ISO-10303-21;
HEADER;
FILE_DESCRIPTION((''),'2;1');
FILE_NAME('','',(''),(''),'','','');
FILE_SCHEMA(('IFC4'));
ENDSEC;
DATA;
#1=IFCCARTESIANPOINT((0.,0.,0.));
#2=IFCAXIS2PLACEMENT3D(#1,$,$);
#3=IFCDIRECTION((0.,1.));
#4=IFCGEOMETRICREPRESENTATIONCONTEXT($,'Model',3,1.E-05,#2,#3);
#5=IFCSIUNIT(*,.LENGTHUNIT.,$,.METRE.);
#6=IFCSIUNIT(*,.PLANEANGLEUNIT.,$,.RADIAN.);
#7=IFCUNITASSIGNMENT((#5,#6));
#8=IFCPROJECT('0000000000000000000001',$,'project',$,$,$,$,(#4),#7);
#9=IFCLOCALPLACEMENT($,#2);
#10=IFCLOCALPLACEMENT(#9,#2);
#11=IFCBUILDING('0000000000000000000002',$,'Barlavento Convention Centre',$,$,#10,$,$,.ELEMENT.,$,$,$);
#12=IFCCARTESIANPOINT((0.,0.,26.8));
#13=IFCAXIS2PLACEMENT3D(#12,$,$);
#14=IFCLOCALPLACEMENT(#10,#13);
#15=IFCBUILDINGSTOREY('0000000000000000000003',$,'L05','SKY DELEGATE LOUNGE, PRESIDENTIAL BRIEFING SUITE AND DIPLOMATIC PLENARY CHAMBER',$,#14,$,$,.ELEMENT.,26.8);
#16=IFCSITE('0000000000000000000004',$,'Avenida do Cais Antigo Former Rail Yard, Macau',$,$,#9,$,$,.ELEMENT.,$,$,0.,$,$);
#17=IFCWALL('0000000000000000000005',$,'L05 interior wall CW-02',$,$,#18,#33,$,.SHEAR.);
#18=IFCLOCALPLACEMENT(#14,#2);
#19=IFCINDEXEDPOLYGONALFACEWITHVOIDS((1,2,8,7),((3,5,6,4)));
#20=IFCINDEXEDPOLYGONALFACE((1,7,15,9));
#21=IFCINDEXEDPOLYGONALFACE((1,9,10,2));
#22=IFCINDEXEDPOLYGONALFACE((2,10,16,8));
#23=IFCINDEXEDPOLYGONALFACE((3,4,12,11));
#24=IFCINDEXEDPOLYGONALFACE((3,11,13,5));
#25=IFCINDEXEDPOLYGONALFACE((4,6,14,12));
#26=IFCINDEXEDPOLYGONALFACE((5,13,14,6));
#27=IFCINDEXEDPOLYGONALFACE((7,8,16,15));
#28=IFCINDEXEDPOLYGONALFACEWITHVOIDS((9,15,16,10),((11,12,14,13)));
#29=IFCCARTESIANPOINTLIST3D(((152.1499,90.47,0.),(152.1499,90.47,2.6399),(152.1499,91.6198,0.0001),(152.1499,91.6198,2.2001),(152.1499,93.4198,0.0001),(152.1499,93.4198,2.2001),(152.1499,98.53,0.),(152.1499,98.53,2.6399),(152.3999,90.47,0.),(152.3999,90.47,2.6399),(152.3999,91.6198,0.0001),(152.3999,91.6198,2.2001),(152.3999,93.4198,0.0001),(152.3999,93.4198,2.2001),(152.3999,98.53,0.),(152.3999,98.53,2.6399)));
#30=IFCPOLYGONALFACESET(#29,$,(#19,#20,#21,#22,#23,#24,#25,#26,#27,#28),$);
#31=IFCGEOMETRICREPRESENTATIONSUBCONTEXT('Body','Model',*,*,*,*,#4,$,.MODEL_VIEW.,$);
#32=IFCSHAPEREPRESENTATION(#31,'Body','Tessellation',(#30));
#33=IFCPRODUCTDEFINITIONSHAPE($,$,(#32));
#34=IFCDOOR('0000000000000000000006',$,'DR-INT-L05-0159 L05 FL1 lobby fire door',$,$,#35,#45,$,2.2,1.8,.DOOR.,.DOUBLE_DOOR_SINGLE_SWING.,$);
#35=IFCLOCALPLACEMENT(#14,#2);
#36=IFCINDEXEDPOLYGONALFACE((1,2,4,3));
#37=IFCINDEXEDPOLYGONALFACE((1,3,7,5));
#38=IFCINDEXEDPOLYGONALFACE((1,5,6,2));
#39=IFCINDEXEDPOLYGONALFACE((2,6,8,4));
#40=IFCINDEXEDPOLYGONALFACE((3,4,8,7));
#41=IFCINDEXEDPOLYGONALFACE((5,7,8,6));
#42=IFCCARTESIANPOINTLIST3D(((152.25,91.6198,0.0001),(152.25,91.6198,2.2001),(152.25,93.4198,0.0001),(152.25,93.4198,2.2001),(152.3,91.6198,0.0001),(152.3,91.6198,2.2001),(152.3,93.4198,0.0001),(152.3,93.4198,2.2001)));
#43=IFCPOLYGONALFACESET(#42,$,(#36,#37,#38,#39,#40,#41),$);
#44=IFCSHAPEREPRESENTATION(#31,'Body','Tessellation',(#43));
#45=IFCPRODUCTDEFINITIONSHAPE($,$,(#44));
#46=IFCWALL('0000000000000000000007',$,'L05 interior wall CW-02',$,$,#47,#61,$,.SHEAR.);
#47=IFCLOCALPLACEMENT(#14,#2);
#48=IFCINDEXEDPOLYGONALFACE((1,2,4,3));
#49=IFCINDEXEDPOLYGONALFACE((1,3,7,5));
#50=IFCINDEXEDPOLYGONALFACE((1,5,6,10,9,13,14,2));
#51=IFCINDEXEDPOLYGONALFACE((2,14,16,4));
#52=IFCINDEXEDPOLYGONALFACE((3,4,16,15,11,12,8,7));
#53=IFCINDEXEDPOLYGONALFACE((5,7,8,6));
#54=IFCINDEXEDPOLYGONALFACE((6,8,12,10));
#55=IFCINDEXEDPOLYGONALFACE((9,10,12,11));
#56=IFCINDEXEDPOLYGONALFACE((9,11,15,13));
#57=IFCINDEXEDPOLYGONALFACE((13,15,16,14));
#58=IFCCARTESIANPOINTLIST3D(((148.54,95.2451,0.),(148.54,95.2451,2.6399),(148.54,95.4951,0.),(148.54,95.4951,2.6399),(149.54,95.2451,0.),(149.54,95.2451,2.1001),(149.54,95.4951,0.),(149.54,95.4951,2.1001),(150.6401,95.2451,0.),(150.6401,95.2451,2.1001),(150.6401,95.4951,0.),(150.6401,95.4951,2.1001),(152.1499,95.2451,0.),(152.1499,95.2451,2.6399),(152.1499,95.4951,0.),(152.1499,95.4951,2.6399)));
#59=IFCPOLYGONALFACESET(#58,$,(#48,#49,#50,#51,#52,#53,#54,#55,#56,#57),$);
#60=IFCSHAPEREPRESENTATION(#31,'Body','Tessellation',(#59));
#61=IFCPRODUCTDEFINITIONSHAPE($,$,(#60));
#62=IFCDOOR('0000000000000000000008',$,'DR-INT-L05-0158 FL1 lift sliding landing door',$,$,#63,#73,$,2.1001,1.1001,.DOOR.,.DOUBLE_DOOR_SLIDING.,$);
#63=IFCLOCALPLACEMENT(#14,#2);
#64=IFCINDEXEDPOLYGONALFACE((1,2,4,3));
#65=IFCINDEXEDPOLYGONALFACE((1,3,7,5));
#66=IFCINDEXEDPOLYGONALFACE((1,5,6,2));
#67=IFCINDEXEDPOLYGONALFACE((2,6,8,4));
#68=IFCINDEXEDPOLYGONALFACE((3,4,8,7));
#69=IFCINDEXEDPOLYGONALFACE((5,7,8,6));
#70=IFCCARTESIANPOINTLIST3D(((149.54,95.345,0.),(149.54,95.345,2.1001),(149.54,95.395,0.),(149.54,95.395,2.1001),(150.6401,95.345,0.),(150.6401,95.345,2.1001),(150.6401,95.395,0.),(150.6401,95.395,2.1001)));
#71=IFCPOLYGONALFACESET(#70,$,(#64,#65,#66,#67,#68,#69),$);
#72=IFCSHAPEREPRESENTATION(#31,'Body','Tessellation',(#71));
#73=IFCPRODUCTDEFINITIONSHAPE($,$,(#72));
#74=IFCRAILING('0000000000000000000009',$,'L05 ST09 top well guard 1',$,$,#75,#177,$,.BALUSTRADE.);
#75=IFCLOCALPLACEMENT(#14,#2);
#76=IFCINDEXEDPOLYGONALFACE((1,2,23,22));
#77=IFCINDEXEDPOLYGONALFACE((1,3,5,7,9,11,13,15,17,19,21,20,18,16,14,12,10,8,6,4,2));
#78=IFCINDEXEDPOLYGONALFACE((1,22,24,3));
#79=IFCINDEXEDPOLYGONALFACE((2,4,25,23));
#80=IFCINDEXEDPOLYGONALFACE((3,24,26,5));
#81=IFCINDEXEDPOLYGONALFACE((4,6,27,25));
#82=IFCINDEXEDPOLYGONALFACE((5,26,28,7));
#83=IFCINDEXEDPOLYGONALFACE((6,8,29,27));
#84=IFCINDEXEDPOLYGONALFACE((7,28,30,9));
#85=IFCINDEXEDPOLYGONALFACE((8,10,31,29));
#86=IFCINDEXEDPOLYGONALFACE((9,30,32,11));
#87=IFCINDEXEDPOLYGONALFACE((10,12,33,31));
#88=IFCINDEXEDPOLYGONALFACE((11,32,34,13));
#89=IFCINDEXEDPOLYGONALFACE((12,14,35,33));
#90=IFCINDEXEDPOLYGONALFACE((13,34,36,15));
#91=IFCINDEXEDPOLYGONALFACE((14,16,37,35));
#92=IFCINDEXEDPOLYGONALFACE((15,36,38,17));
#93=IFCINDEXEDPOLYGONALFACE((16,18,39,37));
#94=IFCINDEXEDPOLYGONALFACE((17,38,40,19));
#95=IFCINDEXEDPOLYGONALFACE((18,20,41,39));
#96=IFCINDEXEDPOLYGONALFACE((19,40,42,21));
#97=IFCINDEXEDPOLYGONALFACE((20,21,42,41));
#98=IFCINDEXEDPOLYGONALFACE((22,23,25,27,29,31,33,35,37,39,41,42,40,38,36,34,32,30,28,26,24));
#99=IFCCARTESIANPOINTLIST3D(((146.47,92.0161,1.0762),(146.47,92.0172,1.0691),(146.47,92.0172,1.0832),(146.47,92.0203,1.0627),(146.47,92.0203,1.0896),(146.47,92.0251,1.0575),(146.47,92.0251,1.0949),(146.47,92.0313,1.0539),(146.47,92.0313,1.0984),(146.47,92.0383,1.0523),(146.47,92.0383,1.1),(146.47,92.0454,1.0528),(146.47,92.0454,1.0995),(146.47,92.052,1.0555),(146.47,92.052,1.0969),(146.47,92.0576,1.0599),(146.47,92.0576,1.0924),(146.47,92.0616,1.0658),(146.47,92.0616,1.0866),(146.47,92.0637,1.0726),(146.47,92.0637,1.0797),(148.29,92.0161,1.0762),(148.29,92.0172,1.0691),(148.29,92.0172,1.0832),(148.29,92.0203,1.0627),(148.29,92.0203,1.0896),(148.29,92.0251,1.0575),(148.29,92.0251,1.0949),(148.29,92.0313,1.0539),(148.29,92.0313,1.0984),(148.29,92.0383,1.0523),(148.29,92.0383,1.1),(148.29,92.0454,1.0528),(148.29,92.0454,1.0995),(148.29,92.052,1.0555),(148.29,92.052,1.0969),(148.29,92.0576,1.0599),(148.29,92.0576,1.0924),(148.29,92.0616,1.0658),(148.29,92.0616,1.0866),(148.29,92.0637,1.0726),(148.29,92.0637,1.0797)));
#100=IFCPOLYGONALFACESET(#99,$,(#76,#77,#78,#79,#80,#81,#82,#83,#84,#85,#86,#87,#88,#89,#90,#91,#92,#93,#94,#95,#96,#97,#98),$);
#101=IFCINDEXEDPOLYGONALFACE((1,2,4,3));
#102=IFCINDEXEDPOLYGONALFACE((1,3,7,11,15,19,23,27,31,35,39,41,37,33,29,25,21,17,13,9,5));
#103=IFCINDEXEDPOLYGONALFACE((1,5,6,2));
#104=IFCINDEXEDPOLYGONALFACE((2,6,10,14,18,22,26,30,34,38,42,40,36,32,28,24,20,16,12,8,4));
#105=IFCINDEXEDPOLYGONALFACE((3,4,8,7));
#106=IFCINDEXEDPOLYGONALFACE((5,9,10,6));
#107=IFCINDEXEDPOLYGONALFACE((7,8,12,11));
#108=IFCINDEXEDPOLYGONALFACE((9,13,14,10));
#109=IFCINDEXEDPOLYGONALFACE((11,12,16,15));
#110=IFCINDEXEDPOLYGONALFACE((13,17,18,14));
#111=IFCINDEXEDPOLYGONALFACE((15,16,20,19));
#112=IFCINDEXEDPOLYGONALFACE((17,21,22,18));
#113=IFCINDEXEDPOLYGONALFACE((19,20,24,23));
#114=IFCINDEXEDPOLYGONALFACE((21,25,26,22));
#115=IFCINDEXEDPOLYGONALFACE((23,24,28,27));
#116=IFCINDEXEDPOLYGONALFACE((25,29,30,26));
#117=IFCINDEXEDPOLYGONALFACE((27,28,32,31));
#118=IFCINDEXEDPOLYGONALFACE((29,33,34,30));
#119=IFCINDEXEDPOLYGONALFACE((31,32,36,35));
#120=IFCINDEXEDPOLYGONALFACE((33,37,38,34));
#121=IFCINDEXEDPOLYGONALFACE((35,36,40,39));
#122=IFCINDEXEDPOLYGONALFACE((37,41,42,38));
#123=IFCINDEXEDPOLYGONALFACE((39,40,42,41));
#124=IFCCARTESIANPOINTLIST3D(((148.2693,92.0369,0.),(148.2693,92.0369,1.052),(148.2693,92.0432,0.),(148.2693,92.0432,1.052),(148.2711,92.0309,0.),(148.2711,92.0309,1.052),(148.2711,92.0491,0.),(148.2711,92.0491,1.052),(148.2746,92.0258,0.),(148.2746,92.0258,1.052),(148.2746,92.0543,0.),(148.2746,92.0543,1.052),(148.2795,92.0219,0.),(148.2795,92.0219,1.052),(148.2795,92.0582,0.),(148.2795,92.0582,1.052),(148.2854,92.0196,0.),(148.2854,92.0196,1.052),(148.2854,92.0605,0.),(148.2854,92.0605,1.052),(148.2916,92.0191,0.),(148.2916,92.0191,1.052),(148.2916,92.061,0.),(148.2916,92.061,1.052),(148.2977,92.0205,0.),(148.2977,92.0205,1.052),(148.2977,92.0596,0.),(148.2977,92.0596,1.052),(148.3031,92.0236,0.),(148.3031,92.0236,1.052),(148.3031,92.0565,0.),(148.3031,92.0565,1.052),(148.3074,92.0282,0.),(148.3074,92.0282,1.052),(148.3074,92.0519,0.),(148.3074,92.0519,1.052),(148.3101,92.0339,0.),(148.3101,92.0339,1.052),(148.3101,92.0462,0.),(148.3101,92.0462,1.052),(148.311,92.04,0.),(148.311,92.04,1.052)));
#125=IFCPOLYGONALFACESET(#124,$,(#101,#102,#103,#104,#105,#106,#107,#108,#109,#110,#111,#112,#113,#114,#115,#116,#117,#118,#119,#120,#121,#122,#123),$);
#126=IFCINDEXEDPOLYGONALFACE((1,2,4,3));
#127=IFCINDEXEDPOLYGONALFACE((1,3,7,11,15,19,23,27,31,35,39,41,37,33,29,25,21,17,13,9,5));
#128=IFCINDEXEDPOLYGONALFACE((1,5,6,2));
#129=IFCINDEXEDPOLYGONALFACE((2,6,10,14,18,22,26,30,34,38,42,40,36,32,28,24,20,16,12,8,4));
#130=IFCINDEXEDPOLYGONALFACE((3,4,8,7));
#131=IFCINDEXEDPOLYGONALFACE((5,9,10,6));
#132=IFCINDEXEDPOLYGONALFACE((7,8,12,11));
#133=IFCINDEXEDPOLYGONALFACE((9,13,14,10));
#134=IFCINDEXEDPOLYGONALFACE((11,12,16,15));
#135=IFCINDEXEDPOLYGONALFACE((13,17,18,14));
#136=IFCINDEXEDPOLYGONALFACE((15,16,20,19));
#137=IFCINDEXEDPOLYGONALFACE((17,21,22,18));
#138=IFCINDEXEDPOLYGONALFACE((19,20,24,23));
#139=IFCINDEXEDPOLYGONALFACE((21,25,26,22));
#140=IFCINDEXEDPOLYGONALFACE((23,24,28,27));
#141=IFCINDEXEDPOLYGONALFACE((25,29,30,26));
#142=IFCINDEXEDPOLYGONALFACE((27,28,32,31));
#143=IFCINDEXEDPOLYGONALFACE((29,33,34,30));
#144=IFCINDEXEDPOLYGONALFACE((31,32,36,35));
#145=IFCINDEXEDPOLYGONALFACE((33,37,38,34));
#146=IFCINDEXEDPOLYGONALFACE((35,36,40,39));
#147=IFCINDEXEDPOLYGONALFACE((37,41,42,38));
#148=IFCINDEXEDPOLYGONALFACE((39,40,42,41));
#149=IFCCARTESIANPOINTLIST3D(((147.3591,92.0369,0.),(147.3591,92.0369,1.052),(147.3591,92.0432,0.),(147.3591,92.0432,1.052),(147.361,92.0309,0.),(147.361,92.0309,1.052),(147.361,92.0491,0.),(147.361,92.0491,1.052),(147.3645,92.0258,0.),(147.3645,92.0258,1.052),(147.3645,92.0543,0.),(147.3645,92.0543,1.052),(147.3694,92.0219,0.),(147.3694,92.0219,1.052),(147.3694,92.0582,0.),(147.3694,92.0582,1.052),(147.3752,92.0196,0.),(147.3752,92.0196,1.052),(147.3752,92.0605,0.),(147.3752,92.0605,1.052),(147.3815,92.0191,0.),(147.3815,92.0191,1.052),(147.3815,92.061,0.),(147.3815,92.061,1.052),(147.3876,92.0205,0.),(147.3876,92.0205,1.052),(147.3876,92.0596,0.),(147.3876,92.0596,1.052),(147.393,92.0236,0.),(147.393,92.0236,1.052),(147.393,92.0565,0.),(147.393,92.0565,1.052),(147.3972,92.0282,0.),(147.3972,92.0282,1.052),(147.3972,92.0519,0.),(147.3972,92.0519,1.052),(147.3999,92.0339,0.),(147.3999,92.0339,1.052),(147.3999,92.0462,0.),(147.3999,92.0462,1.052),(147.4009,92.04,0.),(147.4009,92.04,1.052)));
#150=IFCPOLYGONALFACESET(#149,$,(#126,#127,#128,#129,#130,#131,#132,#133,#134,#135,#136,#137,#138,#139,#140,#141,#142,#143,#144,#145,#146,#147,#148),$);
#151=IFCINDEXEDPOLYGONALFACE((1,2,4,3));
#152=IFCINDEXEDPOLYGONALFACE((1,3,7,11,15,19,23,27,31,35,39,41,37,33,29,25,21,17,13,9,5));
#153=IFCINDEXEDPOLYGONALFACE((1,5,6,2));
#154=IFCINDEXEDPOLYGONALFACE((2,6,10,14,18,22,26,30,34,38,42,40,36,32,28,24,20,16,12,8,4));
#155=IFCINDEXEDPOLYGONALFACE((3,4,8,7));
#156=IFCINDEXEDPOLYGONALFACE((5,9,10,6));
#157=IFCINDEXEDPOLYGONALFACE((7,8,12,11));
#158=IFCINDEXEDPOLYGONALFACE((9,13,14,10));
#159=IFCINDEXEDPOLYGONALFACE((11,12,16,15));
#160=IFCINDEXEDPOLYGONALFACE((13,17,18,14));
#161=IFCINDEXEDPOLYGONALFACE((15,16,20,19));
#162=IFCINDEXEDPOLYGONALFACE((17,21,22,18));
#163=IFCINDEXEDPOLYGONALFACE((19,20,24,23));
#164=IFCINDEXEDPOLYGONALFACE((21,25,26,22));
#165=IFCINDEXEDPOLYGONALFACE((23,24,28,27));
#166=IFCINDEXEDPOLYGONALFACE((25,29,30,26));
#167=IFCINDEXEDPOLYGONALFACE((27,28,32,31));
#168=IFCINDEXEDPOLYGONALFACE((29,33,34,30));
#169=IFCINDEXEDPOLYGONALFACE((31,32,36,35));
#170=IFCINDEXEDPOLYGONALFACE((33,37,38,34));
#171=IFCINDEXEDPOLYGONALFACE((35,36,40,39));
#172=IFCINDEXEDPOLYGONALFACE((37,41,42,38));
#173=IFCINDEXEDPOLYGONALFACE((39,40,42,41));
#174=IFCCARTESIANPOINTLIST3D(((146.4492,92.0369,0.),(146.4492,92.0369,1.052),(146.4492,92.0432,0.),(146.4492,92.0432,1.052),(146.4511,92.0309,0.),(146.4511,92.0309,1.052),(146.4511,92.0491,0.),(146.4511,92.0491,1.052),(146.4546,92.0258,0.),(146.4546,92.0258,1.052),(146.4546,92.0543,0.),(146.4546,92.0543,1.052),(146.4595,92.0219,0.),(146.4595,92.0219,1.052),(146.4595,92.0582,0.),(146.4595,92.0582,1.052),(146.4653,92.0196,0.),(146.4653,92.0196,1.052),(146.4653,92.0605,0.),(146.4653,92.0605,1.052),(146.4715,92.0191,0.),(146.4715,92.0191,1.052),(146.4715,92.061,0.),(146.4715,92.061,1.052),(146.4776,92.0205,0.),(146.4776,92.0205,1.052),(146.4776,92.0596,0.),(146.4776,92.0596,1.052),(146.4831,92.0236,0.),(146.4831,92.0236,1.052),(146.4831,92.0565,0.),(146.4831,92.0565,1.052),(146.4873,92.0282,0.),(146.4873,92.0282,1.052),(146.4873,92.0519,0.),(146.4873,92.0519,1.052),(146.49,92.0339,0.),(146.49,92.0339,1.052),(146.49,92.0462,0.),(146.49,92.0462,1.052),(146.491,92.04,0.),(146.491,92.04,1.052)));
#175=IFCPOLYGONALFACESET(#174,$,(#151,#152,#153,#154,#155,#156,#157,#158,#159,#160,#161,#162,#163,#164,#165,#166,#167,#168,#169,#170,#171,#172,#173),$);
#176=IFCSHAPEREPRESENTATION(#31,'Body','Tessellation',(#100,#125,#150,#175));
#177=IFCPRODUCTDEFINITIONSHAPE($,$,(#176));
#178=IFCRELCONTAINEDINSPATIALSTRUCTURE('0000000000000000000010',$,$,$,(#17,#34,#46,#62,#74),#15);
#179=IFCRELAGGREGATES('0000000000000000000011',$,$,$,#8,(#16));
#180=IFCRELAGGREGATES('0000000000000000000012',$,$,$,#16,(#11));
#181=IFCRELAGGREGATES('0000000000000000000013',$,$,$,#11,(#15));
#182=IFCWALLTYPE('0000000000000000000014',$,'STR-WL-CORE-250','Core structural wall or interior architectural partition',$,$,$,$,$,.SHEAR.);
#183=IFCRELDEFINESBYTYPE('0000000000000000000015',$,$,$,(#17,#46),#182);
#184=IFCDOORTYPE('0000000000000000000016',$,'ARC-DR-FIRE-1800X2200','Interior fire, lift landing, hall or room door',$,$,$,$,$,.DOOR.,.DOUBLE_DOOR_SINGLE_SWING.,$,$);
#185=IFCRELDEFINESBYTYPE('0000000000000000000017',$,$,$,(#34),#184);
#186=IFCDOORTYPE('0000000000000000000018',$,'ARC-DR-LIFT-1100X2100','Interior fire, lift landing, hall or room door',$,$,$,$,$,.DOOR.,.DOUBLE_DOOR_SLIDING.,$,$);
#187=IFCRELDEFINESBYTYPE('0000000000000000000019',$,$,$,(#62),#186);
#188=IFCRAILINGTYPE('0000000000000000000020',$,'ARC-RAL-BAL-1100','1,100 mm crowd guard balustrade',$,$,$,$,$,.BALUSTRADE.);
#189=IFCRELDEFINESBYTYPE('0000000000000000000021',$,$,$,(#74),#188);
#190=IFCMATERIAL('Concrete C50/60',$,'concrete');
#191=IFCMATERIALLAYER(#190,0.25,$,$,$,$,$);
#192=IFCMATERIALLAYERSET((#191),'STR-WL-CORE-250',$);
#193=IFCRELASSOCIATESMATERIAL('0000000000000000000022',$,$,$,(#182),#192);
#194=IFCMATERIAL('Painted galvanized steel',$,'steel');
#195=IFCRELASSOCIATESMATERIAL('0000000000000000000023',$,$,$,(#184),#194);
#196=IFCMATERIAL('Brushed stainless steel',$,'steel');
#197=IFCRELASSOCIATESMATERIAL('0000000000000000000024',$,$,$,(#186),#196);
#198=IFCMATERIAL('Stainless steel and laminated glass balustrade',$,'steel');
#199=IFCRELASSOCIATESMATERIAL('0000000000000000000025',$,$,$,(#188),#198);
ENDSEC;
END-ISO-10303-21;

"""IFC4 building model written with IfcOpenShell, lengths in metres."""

from ifc_helpers import new_model, si_unit, direction, frame, frame_2d, origin, origin_2d, place, context, subcontext, project, spatial, rectangle, circle, extrude, material, layer, layer_set, type_object, element, fill, save


model = new_model("IFC4")

# Units and contexts
model_context = context("Model", 3, precision=1e-05, world=origin(), true_north=direction((0.0, 1.0)))
body_context = subcontext(model_context, "Body", "Model", "MODEL_VIEW")
ifc_project = project(units=[si_unit("LENGTHUNIT", "METRE"), si_unit("PLANEANGLEUNIT", "RADIAN")], contexts=[model_context])

# Site, building, storey
site_placement = place(None, origin())
site = spatial("IfcSite", under=ifc_project, at=site_placement, Name="Avenida do Cais Antigo Former Rail Yard, Macau", CompositionType="ELEMENT", RefElevation=0.0)
building_placement = place(site_placement, origin())
building = spatial("IfcBuilding", under=site, at=building_placement, Name="Barlavento Convention Centre", CompositionType="ELEMENT")
storey_placement = place(building_placement, frame((0.0, 0.0, 26.8)))
storey = spatial("IfcBuildingStorey", under=building, at=storey_placement, Name="L05", Description="SKY DELEGATE LOUNGE, PRESIDENTIAL BRIEFING SUITE AND DIPLOMATIC PLENARY CHAMBER", CompositionType="ELEMENT", Elevation=26.8)

# Walls, openings, doors
ifc_material_1 = material(Name="Concrete C50/60", Category="concrete")
ifc_layer_1 = layer(ifc_material_1, 0.25)
ifc_layer_set_1 = layer_set([ifc_layer_1], Name="STR-WL-CORE-250")
wall_type_1 = type_object("IfcWallType", Name="STR-WL-CORE-250", Description="Core structural wall or interior architectural partition", PredefinedType="SHEAR", material=ifc_layer_set_1)
wall_1_placement = place(storey_placement, frame((152.2749, 90.47, 0.0), z_axis=(0.0, 0.0, 1.0), x_axis=(0.0, 1.0, 0.0)))
wall_1 = element("IfcWall", 1, at=wall_1_placement, inside=storey, type_object=wall_type_1, Name="L05 interior wall CW-02", PredefinedType="SHEAR", context=body_context, shape_type="SweptSolid", body=[
    extrude(rectangle(XDim=8.0601, YDim=0.25, at=frame_2d((4.03, 0.0))), origin(), (0.0, 0.0, 1.0), 2.6399),
])
opening_1_placement = place(wall_1_placement, frame((1.1499, 0.0, 0.0)))
opening_1 = element("IfcOpeningElement", 2, at=opening_1_placement, cuts=wall_1, PredefinedType="OPENING", context=body_context, shape_type="SweptSolid", body=[
    extrude(rectangle(XDim=1.8, YDim=2.2, at=frame_2d((0.8999, 1.1001))), frame((0.0, 0.135, 0.0), z_axis=(0.0, -1.0, 0.0), x_axis=(1.0, 0.0, 0.0)), (0.0, 0.0, 1.0), 0.27),
])
ifc_material_2 = material(Name="Painted galvanized steel", Category="steel")
door_type_1 = type_object("IfcDoorType", Name="ARC-DR-FIRE-1800X2200", Description="Interior fire, lift landing, hall or room door", OperationType="DOUBLE_DOOR_SINGLE_SWING", PredefinedType="DOOR", material=ifc_material_2)
door_1_placement = place(opening_1_placement, origin())
door_1 = element("IfcDoor", 3, at=door_1_placement, inside=storey, type_object=door_type_1, Name="DR-INT-L05-0159 L05 FL1 lobby fire door", OperationType="DOUBLE_DOOR_SINGLE_SWING", OverallHeight=2.2, OverallWidth=1.8, PredefinedType="DOOR", context=body_context, shape_type="SweptSolid", body=[
    extrude(rectangle(XDim=1.8, YDim=2.2, at=frame_2d((0.8999, 1.1001))), frame((0.0, 0.0249, 0.0), z_axis=(0.0, -1.0, 0.0), x_axis=(1.0, 0.0, 0.0)), (0.0, 0.0, 1.0), 0.05),
])
fill(opening_1, door_1)
wall_2_placement = place(storey_placement, frame((148.54, 95.3701, 0.0), z_axis=(0.0, 0.0, 1.0), x_axis=(1.0, 0.0, 0.0)))
wall_2 = element("IfcWall", 4, at=wall_2_placement, inside=storey, type_object=wall_type_1, Name="L05 interior wall CW-02", PredefinedType="SHEAR", context=body_context, shape_type="SweptSolid", body=[
    extrude(rectangle(XDim=3.6099, YDim=0.25, at=frame_2d((1.8049, 0.0))), origin(), (0.0, 0.0, 1.0), 2.6399),
])
opening_2_placement = place(wall_2_placement, frame((1.0, 0.0, 0.0)))
opening_2 = element("IfcOpeningElement", 5, at=opening_2_placement, cuts=wall_2, PredefinedType="OPENING", context=body_context, shape_type="SweptSolid", body=[
    extrude(rectangle(XDim=1.1001, YDim=2.1001, at=frame_2d((0.55, 1.05))), frame((0.0, 0.135, 0.0), z_axis=(0.0, -1.0, 0.0), x_axis=(1.0, 0.0, 0.0)), (0.0, 0.0, 1.0), 0.27),
])
ifc_material_3 = material(Name="Brushed stainless steel", Category="steel")
door_type_2 = type_object("IfcDoorType", Name="ARC-DR-LIFT-1100X2100", Description="Interior fire, lift landing, hall or room door", OperationType="DOUBLE_DOOR_SLIDING", PredefinedType="DOOR", material=ifc_material_3)
door_2_placement = place(opening_2_placement, origin())
door_2 = element("IfcDoor", 6, at=door_2_placement, inside=storey, type_object=door_type_2, Name="DR-INT-L05-0158 FL1 lift sliding landing door", OperationType="DOUBLE_DOOR_SLIDING", OverallHeight=2.1001, OverallWidth=1.1001, PredefinedType="DOOR", context=body_context, shape_type="SweptSolid", body=[
    extrude(rectangle(XDim=1.1001, YDim=2.1001, at=frame_2d((0.55, 1.05))), frame((0.0, 0.0249, 0.0), z_axis=(0.0, -1.0, 0.0), x_axis=(1.0, 0.0, 0.0)), (0.0, 0.0, 1.0), 0.05),
])
fill(opening_2, door_2)

# Railing
ifc_material_4 = material(Name="Stainless steel and laminated glass balustrade", Category="steel")
railing_type = type_object("IfcRailingType", Name="ARC-RAL-BAL-1100", Description="1,100 mm crowd guard balustrade", PredefinedType="BALUSTRADE", material=ifc_material_4)
railing_1_placement = place(storey_placement, frame((148.29, 92.04, 0.0)))
element("IfcRailing", 7, at=railing_1_placement, inside=storey, type_object=railing_type, Name="L05 ST09 top well guard 1", PredefinedType="BALUSTRADE", context=body_context, shape_type="SweptSolid", body=[
    extrude(circle(Radius=0.0239, at=origin_2d()), frame((0.0, 0.0, 1.0762), z_axis=(-1.0, 0.0, 0.0), x_axis=(0.0, -1.0, 0.0)), (0.0, 0.0, 1.0), 1.8201),
    extrude(circle(Radius=0.021, at=origin_2d()), origin(), (0.0, 0.0, 1.0), 1.052),
    extrude(circle(Radius=0.021, at=origin_2d()), frame((-0.9102, 0.0, 0.0)), (0.0, 0.0, 1.0), 1.052),
    extrude(circle(Radius=0.021, at=origin_2d()), frame((-1.8201, 0.0, 0.0)), (0.0, 0.0, 1.0), 1.052),
])

save(model, "model.ifc")
